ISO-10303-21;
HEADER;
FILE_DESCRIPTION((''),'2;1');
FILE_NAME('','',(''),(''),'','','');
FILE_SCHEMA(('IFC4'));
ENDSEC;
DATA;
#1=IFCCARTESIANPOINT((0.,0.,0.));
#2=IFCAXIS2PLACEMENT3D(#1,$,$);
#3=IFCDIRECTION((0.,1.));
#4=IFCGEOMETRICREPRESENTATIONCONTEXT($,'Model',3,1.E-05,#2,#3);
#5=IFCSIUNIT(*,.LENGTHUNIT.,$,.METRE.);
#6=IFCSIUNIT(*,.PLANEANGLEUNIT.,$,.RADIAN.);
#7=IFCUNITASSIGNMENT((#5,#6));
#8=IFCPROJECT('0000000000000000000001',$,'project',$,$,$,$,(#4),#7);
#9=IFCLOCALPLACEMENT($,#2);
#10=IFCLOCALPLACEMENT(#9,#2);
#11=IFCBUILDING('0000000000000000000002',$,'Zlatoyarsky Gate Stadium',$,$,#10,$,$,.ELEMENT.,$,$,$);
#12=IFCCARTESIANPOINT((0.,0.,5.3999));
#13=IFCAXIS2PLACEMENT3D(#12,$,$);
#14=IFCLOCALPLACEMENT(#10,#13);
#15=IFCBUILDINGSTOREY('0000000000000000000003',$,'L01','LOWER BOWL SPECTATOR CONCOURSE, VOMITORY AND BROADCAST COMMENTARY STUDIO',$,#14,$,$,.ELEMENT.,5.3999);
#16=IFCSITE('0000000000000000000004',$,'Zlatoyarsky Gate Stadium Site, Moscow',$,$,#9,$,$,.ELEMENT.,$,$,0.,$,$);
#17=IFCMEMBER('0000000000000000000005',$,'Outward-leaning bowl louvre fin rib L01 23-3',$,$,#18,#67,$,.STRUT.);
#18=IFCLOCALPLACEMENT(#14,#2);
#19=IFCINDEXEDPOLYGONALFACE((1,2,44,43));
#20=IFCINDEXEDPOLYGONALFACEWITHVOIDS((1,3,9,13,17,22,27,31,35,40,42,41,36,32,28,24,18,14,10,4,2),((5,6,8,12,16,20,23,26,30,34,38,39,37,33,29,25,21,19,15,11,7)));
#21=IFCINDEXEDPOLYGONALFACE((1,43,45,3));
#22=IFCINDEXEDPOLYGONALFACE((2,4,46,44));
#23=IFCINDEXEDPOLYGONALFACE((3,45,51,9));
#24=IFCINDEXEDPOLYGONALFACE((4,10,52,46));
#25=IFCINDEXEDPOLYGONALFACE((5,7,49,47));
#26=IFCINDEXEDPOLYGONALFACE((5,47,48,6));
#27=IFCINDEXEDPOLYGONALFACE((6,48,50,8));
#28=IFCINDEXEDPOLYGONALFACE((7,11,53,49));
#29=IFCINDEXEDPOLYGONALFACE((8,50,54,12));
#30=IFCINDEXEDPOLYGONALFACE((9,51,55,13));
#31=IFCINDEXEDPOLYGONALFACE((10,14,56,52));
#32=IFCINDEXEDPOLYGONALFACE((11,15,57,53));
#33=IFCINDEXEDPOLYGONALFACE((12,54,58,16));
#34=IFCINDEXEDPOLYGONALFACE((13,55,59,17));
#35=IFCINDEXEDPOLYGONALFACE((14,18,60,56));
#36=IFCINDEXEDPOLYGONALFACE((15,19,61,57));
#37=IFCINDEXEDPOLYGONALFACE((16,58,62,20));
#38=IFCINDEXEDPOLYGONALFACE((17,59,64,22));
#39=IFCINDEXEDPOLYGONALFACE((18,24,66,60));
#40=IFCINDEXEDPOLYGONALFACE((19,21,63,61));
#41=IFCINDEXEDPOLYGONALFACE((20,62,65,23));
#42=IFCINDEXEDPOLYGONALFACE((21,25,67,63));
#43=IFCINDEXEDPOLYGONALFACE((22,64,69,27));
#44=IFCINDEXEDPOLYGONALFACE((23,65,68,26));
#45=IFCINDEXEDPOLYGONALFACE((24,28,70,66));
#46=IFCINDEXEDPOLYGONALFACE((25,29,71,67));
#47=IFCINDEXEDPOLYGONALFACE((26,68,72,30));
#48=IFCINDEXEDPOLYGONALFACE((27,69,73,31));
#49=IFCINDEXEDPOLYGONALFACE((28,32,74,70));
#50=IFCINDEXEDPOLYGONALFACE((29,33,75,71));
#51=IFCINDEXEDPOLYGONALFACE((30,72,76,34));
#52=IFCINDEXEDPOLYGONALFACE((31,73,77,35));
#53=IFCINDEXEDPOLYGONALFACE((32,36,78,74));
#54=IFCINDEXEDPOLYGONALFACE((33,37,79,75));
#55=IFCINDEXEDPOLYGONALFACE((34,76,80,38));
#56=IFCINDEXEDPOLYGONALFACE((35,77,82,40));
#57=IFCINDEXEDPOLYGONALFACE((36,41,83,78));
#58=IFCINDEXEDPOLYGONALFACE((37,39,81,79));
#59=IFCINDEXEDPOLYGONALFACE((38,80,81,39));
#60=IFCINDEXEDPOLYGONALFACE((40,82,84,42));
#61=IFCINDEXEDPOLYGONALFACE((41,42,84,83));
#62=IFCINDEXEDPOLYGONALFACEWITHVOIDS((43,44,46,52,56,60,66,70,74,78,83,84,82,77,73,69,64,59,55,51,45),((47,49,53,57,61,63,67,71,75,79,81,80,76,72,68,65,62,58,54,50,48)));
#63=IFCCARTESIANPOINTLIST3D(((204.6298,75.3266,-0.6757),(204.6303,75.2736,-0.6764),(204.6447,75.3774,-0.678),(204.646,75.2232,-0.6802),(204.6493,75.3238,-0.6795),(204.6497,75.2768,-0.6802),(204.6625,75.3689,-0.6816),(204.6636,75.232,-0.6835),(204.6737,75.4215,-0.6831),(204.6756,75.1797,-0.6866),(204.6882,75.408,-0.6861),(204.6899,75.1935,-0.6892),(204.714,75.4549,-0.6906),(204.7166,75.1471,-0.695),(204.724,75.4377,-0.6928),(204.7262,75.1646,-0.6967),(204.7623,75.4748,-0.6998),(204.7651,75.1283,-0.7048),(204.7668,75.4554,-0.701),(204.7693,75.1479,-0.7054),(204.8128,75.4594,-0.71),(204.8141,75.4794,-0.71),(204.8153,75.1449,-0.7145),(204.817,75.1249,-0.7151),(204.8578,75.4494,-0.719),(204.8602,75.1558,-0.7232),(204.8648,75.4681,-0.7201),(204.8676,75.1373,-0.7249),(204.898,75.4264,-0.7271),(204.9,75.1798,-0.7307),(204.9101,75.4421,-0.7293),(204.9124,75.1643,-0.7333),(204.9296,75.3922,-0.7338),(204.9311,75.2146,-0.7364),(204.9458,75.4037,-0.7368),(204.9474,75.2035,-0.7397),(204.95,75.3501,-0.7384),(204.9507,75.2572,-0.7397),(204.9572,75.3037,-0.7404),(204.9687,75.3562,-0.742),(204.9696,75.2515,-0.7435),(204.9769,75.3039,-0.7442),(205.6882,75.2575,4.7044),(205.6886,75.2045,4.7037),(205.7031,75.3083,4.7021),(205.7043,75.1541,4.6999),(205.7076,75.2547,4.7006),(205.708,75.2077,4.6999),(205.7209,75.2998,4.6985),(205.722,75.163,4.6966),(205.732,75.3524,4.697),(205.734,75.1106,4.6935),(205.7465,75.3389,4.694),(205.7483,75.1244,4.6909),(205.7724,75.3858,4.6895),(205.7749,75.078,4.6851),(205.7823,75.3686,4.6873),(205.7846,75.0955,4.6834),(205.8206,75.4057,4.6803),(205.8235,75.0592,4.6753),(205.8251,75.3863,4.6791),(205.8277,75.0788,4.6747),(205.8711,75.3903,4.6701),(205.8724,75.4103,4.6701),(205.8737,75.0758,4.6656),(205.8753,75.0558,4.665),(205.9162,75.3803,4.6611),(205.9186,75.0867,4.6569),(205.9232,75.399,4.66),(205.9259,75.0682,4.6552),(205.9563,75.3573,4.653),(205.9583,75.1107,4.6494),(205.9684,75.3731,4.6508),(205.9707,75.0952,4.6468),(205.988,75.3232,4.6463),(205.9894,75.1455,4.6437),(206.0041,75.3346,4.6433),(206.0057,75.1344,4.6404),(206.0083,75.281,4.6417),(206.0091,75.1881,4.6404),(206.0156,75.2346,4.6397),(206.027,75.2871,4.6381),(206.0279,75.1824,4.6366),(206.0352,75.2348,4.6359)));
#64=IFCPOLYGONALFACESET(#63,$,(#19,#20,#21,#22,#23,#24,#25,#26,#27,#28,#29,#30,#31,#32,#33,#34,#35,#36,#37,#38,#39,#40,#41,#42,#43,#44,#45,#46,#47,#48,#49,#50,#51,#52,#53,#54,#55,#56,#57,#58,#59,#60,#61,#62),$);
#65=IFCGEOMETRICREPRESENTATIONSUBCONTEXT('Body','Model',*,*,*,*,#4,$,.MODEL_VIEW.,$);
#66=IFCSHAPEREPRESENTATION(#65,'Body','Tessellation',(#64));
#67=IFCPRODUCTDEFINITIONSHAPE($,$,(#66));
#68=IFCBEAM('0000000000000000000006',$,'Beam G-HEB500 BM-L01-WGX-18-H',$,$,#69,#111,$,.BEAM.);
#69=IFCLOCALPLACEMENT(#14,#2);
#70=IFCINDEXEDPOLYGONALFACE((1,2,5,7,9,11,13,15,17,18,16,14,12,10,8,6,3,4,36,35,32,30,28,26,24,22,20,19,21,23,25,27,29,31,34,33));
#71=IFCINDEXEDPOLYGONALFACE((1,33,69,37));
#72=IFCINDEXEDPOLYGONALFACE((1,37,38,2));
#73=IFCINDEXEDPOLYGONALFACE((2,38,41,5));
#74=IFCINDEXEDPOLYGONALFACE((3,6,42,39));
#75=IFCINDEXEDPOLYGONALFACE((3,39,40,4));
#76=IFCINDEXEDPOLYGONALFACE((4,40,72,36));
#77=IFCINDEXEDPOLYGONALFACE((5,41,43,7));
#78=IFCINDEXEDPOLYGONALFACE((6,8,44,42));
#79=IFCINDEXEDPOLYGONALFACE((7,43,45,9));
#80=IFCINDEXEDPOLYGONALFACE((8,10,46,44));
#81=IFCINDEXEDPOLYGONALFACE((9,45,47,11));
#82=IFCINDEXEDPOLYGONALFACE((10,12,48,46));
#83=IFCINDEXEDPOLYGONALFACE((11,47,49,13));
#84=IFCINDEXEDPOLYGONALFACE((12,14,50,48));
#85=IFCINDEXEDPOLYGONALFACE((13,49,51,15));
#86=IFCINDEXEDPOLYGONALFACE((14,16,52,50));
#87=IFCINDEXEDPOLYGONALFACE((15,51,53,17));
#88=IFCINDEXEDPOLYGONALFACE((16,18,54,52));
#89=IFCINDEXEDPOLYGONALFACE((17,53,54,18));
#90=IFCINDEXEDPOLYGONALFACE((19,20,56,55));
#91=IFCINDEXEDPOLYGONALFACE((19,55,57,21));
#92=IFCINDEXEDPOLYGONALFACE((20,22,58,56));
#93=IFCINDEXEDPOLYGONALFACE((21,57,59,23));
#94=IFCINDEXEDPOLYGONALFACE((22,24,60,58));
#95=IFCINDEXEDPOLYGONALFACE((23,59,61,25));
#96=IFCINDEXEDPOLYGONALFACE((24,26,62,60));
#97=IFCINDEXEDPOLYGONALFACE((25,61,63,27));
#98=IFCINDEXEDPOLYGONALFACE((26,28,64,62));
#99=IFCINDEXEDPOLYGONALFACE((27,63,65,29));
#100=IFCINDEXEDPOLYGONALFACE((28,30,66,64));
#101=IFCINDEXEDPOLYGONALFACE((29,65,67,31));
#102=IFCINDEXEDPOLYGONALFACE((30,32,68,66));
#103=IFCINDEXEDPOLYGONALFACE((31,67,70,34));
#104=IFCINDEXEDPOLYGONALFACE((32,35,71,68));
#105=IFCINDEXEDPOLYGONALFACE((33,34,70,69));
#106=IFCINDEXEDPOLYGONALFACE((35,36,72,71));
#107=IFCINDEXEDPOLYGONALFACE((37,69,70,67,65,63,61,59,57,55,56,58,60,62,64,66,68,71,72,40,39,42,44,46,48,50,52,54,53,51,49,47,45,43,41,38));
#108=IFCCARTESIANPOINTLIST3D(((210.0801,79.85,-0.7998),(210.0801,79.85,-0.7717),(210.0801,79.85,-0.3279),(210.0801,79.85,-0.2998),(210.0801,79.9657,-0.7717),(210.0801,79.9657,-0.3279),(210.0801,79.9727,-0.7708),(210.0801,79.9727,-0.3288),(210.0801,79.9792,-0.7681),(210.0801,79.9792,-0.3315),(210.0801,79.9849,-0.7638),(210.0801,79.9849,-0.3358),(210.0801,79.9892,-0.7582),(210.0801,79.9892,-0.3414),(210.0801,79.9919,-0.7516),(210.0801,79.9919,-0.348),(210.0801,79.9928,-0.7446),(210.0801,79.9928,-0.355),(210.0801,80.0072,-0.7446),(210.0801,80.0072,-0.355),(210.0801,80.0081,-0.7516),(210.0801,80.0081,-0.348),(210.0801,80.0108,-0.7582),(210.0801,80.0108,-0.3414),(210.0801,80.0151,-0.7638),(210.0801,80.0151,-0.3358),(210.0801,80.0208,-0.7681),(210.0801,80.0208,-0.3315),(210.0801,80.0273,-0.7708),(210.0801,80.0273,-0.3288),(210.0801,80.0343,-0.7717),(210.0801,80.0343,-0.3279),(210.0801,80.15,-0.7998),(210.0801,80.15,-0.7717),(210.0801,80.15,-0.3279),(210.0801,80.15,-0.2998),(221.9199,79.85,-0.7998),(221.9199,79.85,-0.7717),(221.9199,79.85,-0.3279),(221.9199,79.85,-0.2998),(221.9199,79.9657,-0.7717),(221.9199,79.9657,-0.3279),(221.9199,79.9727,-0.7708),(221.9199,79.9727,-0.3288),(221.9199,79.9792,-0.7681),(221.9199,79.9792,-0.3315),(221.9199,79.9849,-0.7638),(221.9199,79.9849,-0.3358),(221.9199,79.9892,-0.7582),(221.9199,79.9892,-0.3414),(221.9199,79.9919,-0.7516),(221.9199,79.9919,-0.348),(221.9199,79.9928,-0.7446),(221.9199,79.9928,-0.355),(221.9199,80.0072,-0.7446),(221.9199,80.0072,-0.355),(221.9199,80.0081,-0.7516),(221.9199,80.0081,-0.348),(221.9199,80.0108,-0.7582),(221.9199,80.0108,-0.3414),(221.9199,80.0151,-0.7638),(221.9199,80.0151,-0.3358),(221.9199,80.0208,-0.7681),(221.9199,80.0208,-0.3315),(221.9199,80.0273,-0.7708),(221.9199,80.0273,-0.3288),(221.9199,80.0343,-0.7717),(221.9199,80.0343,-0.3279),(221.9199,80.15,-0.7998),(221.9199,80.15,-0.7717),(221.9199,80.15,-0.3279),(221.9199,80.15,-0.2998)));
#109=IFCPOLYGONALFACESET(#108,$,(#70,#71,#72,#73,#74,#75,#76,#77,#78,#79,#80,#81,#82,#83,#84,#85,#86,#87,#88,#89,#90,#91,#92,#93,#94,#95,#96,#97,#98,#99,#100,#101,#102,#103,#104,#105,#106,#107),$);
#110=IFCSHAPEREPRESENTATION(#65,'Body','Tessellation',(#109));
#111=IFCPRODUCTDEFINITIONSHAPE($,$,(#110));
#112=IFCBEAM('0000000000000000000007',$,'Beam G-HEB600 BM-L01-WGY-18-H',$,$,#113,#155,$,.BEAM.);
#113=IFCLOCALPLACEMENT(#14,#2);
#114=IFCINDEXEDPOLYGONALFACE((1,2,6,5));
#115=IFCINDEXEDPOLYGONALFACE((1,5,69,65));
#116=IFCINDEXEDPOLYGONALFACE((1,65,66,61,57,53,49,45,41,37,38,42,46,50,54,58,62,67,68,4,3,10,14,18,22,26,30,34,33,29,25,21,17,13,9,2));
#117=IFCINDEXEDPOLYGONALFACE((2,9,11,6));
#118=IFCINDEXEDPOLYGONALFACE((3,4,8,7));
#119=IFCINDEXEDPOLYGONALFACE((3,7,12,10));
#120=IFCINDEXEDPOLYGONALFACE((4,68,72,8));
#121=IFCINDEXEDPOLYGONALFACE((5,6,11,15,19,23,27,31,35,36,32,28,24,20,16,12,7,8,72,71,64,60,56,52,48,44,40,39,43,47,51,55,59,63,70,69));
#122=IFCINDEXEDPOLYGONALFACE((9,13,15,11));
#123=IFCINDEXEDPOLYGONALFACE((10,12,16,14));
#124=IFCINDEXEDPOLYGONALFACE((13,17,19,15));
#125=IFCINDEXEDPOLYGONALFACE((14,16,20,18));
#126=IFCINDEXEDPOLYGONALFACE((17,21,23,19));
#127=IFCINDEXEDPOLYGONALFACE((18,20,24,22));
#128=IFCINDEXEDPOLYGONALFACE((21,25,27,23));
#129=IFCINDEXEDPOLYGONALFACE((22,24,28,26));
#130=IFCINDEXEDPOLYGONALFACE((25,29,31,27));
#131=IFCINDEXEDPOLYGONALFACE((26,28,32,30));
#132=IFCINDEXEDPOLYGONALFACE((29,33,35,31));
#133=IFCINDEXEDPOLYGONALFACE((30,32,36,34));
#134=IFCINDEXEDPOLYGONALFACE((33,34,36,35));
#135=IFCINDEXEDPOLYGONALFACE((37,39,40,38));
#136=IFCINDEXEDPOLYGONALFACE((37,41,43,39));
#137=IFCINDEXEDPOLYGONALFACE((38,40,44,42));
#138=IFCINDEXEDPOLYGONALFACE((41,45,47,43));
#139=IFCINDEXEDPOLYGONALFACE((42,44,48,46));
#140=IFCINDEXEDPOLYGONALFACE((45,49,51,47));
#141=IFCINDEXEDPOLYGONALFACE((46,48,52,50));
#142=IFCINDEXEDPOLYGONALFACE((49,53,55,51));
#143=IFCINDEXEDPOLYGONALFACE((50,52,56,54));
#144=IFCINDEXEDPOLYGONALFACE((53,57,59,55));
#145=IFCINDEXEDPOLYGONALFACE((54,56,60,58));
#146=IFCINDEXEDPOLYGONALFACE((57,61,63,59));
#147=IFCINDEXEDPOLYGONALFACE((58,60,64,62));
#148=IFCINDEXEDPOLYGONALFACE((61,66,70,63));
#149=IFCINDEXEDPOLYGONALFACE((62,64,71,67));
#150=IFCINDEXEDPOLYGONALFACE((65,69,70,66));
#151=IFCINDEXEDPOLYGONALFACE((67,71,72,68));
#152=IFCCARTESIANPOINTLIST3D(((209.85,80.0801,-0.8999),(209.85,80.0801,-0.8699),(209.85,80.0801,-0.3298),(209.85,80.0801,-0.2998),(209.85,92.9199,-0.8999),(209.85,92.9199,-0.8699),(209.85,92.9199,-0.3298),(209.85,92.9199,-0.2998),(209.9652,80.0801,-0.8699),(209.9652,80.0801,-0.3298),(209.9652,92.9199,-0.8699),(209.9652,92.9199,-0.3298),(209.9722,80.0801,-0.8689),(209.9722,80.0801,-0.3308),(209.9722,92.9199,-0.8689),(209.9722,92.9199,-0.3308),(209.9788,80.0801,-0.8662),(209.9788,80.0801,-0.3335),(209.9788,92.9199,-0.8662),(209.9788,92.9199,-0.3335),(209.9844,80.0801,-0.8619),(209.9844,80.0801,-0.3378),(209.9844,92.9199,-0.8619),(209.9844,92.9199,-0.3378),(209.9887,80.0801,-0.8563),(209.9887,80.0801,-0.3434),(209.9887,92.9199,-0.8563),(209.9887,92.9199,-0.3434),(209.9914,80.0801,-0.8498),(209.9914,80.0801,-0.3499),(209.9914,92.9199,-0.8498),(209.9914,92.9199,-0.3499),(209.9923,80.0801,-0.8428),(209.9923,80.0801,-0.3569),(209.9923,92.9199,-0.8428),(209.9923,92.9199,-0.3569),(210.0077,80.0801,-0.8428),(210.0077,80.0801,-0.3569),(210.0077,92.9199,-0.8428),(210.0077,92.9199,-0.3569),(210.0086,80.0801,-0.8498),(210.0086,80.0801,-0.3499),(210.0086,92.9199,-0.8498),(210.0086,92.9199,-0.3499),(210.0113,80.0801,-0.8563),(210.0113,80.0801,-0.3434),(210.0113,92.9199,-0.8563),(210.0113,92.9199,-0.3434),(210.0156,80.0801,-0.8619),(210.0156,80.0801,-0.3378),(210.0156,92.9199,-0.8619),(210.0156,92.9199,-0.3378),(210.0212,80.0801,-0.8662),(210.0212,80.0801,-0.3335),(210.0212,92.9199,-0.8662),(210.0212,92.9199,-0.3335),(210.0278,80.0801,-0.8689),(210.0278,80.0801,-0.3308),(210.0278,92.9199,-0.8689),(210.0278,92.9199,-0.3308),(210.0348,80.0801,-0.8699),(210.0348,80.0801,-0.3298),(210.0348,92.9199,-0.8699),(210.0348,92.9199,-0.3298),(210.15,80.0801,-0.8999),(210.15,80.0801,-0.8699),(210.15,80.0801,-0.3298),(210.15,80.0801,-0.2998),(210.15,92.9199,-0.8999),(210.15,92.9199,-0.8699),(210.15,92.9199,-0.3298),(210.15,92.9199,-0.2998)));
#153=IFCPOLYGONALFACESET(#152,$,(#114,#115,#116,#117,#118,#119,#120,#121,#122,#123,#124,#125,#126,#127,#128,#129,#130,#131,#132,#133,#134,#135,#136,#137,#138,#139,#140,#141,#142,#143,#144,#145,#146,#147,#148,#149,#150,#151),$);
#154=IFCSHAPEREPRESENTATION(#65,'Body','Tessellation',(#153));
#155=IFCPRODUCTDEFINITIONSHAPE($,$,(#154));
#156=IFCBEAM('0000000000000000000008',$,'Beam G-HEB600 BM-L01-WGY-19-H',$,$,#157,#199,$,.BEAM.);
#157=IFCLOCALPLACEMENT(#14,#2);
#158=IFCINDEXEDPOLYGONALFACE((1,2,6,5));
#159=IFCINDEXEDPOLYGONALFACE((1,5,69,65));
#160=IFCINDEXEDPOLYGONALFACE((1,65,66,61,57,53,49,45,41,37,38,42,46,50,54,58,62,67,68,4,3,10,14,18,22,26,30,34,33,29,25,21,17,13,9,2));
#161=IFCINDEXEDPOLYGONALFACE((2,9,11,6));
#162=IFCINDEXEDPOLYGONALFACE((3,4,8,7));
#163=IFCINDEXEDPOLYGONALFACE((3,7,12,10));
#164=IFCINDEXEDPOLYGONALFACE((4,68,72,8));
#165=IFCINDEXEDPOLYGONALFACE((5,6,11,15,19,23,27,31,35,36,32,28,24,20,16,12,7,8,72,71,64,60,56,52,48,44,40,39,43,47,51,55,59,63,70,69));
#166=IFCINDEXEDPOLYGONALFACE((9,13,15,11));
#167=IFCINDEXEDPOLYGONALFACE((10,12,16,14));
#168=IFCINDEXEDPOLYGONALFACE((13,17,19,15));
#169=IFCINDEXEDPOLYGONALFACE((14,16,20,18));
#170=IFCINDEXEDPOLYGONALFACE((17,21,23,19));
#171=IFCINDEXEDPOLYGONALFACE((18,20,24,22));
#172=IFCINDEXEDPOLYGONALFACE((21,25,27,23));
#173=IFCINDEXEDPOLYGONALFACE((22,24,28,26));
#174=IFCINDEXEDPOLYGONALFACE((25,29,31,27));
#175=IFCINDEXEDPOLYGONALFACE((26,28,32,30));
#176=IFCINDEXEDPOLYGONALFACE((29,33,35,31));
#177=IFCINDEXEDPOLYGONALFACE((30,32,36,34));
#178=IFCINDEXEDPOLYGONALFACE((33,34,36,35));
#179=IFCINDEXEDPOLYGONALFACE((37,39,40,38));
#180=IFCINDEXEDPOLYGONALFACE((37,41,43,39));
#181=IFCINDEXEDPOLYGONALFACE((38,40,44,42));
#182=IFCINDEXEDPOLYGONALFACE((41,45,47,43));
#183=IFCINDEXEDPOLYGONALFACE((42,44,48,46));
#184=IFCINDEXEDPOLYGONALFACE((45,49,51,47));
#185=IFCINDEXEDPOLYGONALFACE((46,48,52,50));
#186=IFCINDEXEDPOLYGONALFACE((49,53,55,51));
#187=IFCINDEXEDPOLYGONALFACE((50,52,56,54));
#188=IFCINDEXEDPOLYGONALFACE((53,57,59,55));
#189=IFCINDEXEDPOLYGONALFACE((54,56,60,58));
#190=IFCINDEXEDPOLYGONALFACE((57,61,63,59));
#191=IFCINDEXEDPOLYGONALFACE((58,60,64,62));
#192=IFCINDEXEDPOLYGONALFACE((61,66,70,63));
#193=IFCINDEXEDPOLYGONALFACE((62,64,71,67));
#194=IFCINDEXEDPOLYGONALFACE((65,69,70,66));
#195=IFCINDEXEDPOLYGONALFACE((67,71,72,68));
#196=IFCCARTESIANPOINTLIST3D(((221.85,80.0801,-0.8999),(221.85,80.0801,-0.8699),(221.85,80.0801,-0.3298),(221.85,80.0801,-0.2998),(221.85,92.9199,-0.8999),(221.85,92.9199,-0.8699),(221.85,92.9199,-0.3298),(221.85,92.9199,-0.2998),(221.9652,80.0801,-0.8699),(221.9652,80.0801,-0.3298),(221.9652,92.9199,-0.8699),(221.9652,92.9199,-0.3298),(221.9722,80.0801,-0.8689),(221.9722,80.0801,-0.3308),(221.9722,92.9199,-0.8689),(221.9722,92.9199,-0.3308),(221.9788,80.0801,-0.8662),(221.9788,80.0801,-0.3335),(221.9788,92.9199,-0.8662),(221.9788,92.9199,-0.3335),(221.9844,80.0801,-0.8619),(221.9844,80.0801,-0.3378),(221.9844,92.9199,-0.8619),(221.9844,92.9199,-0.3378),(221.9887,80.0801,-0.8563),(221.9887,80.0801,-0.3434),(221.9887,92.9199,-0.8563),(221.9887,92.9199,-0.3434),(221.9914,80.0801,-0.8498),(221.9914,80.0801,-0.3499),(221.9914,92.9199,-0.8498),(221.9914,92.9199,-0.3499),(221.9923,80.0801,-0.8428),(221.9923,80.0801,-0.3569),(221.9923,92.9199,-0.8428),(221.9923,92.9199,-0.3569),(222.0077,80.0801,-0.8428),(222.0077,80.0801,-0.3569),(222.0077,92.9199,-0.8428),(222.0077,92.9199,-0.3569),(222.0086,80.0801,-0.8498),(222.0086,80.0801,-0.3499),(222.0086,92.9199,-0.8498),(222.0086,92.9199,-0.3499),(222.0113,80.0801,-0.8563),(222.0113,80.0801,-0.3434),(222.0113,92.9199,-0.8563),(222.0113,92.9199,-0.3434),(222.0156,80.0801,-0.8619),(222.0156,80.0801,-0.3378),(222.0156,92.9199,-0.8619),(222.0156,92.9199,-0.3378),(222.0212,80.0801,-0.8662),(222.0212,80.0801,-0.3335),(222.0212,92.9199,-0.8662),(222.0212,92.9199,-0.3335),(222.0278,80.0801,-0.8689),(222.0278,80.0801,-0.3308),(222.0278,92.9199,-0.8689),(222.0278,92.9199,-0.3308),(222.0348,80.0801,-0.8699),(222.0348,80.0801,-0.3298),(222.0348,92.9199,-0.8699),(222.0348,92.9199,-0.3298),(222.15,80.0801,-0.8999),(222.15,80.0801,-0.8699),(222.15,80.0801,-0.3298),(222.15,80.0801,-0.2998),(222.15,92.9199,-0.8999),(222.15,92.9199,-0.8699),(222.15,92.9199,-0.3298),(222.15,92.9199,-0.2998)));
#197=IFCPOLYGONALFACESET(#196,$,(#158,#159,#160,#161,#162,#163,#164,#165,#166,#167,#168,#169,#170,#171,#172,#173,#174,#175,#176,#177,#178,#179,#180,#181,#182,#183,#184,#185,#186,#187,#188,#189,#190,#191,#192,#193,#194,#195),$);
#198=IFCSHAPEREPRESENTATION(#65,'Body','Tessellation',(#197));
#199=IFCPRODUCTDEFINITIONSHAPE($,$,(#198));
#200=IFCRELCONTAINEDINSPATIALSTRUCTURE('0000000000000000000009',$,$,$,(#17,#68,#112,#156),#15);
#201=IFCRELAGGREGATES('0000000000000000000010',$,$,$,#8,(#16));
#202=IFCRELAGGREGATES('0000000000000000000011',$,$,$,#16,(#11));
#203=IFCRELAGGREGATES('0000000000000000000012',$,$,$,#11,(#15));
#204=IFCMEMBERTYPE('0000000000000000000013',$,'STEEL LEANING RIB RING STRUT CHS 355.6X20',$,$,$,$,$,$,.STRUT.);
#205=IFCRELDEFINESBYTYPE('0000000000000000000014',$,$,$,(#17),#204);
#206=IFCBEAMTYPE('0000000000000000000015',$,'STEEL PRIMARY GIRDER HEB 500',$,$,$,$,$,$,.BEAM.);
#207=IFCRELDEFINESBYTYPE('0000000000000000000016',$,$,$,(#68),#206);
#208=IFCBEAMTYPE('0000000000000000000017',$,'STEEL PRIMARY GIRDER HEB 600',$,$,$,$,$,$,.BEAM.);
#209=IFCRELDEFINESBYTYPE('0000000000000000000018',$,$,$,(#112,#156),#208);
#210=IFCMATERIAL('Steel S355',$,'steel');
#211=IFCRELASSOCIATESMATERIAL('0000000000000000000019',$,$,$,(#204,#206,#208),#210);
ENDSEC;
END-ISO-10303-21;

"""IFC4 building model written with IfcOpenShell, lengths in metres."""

from ifc_helpers import new_model, si_unit, direction, frame, origin, origin_2d, place, context, subcontext, project, spatial, hollow_circle, i_section, extrude, material, material_profile, profile_set, type_object, element, save


model = new_model("IFC4")

# Units and contexts
model_context = context("Model", 3, precision=1e-05, world=origin(), true_north=direction((0.0, 1.0)))
body_context = subcontext(model_context, "Body", "Model", "MODEL_VIEW")
ifc_project = project(units=[si_unit("LENGTHUNIT", "METRE"), si_unit("PLANEANGLEUNIT", "RADIAN")], contexts=[model_context])

# Site, building, storey
site_placement = place(None, origin())
site = spatial("IfcSite", under=ifc_project, at=site_placement, Name="Zlatoyarsky Gate Stadium Site, Moscow", CompositionType="ELEMENT", RefElevation=0.0)
building_placement = place(site_placement, origin())
building = spatial("IfcBuilding", under=site, at=building_placement, Name="Zlatoyarsky Gate Stadium", CompositionType="ELEMENT")
storey_placement = place(building_placement, frame((0.0, 0.0, 5.3999)))
storey = spatial("IfcBuildingStorey", under=building, at=storey_placement, Name="L01", Description="LOWER BOWL SPECTATOR CONCOURSE, VOMITORY AND BROADCAST COMMENTARY STUDIO", CompositionType="ELEMENT", Elevation=5.3999)

# Shared definitions
ifc_material_1 = material(Name="Steel S355", Category="steel")

# Member
ifc_material_profile_1 = material_profile(ifc_material_1, hollow_circle(Radius=0.1777, WallThickness=0.02, at=origin_2d()), Name="CHS 355.6X20")
ifc_profile_set_1 = profile_set([ifc_material_profile_1], Name="Steel S355")
member_type_1 = type_object("IfcMemberType", Name="STEEL LEANING RIB RING STRUT CHS 355.6X20", PredefinedType="STRUT", material=ifc_profile_set_1)
member_1_placement = place(storey_placement, frame((204.8025, 75.302, -0.71), z_axis=(0.193, -0.0126, 0.981118), x_axis=(0.065144, 0.997876, 0.0)))
element("IfcMember", 1, at=member_1_placement, inside=storey, type_object=member_type_1, Name="Outward-leaning bowl louvre fin rib L01 23-3", PredefinedType="STRUT", context=body_context, shape_type="SweptSolid", body=[
    extrude(hollow_circle(Radius=0.1777, WallThickness=0.02, at=origin_2d()), origin(), (0.0, 0.0, 1.0), 5.4836),
])

# Beams
ifc_material_profile_2 = material_profile(ifc_material_1, i_section(OverallWidth=0.3, OverallDepth=0.5, WebThickness=0.0144, FlangeThickness=0.0281, FilletRadius=0.0271, at=origin_2d()), Name="HEB 500")
ifc_profile_set_2 = profile_set([ifc_material_profile_2], Name="Steel S355")
beam_type_1 = type_object("IfcBeamType", Name="STEEL PRIMARY GIRDER HEB 500", PredefinedType="BEAM", material=ifc_profile_set_2)
beam_1_placement = place(storey_placement, frame((210.0801, 80.0, -0.5498), z_axis=(1.0, 0.0, 0.0), x_axis=(0.0, 1.0, 0.0)))
element("IfcBeam", 2, at=beam_1_placement, inside=storey, type_object=beam_type_1, Name="Beam G-HEB500 BM-L01-WGX-18-H", PredefinedType="BEAM", context=body_context, shape_type="SweptSolid", body=[
    extrude(i_section(OverallWidth=0.3, OverallDepth=0.5, WebThickness=0.0144, FlangeThickness=0.0281, FilletRadius=0.0271, at=origin_2d()), origin(), (0.0, 0.0, 1.0), 11.8398),
])
ifc_material_profile_3 = material_profile(ifc_material_1, i_section(OverallWidth=0.3, OverallDepth=0.6001, WebThickness=0.0154, FlangeThickness=0.03, FilletRadius=0.0271, at=origin_2d()), Name="HEB 600")
ifc_profile_set_3 = profile_set([ifc_material_profile_3], Name="Steel S355")
beam_type_2 = type_object("IfcBeamType", Name="STEEL PRIMARY GIRDER HEB 600", PredefinedType="BEAM", material=ifc_profile_set_3)
for number, where, z_axis, x_axis, name in (
    (3, (210.0, 80.0801, -0.5999), (0.0, 1.0, 0.0), (-1.0, 0.0, 0.0), "Beam G-HEB600 BM-L01-WGY-18-H"),
    (4, (222.0, 80.0801, -0.5999), (0.0, 1.0, 0.0), (-1.0, 0.0, 0.0), "Beam G-HEB600 BM-L01-WGY-19-H"),
):
    element("IfcBeam", number, at=place(storey_placement, frame(where, z_axis=z_axis, x_axis=x_axis)), inside=storey, type_object=beam_type_2, Name=name, PredefinedType="BEAM", context=body_context, shape_type="SweptSolid", body=[
        extrude(i_section(OverallWidth=0.3, OverallDepth=0.6001, WebThickness=0.0154, FlangeThickness=0.03, FilletRadius=0.0271, at=origin_2d()), origin(), (0.0, 0.0, 1.0), 12.8398),
    ])

save(model, "model.ifc")
